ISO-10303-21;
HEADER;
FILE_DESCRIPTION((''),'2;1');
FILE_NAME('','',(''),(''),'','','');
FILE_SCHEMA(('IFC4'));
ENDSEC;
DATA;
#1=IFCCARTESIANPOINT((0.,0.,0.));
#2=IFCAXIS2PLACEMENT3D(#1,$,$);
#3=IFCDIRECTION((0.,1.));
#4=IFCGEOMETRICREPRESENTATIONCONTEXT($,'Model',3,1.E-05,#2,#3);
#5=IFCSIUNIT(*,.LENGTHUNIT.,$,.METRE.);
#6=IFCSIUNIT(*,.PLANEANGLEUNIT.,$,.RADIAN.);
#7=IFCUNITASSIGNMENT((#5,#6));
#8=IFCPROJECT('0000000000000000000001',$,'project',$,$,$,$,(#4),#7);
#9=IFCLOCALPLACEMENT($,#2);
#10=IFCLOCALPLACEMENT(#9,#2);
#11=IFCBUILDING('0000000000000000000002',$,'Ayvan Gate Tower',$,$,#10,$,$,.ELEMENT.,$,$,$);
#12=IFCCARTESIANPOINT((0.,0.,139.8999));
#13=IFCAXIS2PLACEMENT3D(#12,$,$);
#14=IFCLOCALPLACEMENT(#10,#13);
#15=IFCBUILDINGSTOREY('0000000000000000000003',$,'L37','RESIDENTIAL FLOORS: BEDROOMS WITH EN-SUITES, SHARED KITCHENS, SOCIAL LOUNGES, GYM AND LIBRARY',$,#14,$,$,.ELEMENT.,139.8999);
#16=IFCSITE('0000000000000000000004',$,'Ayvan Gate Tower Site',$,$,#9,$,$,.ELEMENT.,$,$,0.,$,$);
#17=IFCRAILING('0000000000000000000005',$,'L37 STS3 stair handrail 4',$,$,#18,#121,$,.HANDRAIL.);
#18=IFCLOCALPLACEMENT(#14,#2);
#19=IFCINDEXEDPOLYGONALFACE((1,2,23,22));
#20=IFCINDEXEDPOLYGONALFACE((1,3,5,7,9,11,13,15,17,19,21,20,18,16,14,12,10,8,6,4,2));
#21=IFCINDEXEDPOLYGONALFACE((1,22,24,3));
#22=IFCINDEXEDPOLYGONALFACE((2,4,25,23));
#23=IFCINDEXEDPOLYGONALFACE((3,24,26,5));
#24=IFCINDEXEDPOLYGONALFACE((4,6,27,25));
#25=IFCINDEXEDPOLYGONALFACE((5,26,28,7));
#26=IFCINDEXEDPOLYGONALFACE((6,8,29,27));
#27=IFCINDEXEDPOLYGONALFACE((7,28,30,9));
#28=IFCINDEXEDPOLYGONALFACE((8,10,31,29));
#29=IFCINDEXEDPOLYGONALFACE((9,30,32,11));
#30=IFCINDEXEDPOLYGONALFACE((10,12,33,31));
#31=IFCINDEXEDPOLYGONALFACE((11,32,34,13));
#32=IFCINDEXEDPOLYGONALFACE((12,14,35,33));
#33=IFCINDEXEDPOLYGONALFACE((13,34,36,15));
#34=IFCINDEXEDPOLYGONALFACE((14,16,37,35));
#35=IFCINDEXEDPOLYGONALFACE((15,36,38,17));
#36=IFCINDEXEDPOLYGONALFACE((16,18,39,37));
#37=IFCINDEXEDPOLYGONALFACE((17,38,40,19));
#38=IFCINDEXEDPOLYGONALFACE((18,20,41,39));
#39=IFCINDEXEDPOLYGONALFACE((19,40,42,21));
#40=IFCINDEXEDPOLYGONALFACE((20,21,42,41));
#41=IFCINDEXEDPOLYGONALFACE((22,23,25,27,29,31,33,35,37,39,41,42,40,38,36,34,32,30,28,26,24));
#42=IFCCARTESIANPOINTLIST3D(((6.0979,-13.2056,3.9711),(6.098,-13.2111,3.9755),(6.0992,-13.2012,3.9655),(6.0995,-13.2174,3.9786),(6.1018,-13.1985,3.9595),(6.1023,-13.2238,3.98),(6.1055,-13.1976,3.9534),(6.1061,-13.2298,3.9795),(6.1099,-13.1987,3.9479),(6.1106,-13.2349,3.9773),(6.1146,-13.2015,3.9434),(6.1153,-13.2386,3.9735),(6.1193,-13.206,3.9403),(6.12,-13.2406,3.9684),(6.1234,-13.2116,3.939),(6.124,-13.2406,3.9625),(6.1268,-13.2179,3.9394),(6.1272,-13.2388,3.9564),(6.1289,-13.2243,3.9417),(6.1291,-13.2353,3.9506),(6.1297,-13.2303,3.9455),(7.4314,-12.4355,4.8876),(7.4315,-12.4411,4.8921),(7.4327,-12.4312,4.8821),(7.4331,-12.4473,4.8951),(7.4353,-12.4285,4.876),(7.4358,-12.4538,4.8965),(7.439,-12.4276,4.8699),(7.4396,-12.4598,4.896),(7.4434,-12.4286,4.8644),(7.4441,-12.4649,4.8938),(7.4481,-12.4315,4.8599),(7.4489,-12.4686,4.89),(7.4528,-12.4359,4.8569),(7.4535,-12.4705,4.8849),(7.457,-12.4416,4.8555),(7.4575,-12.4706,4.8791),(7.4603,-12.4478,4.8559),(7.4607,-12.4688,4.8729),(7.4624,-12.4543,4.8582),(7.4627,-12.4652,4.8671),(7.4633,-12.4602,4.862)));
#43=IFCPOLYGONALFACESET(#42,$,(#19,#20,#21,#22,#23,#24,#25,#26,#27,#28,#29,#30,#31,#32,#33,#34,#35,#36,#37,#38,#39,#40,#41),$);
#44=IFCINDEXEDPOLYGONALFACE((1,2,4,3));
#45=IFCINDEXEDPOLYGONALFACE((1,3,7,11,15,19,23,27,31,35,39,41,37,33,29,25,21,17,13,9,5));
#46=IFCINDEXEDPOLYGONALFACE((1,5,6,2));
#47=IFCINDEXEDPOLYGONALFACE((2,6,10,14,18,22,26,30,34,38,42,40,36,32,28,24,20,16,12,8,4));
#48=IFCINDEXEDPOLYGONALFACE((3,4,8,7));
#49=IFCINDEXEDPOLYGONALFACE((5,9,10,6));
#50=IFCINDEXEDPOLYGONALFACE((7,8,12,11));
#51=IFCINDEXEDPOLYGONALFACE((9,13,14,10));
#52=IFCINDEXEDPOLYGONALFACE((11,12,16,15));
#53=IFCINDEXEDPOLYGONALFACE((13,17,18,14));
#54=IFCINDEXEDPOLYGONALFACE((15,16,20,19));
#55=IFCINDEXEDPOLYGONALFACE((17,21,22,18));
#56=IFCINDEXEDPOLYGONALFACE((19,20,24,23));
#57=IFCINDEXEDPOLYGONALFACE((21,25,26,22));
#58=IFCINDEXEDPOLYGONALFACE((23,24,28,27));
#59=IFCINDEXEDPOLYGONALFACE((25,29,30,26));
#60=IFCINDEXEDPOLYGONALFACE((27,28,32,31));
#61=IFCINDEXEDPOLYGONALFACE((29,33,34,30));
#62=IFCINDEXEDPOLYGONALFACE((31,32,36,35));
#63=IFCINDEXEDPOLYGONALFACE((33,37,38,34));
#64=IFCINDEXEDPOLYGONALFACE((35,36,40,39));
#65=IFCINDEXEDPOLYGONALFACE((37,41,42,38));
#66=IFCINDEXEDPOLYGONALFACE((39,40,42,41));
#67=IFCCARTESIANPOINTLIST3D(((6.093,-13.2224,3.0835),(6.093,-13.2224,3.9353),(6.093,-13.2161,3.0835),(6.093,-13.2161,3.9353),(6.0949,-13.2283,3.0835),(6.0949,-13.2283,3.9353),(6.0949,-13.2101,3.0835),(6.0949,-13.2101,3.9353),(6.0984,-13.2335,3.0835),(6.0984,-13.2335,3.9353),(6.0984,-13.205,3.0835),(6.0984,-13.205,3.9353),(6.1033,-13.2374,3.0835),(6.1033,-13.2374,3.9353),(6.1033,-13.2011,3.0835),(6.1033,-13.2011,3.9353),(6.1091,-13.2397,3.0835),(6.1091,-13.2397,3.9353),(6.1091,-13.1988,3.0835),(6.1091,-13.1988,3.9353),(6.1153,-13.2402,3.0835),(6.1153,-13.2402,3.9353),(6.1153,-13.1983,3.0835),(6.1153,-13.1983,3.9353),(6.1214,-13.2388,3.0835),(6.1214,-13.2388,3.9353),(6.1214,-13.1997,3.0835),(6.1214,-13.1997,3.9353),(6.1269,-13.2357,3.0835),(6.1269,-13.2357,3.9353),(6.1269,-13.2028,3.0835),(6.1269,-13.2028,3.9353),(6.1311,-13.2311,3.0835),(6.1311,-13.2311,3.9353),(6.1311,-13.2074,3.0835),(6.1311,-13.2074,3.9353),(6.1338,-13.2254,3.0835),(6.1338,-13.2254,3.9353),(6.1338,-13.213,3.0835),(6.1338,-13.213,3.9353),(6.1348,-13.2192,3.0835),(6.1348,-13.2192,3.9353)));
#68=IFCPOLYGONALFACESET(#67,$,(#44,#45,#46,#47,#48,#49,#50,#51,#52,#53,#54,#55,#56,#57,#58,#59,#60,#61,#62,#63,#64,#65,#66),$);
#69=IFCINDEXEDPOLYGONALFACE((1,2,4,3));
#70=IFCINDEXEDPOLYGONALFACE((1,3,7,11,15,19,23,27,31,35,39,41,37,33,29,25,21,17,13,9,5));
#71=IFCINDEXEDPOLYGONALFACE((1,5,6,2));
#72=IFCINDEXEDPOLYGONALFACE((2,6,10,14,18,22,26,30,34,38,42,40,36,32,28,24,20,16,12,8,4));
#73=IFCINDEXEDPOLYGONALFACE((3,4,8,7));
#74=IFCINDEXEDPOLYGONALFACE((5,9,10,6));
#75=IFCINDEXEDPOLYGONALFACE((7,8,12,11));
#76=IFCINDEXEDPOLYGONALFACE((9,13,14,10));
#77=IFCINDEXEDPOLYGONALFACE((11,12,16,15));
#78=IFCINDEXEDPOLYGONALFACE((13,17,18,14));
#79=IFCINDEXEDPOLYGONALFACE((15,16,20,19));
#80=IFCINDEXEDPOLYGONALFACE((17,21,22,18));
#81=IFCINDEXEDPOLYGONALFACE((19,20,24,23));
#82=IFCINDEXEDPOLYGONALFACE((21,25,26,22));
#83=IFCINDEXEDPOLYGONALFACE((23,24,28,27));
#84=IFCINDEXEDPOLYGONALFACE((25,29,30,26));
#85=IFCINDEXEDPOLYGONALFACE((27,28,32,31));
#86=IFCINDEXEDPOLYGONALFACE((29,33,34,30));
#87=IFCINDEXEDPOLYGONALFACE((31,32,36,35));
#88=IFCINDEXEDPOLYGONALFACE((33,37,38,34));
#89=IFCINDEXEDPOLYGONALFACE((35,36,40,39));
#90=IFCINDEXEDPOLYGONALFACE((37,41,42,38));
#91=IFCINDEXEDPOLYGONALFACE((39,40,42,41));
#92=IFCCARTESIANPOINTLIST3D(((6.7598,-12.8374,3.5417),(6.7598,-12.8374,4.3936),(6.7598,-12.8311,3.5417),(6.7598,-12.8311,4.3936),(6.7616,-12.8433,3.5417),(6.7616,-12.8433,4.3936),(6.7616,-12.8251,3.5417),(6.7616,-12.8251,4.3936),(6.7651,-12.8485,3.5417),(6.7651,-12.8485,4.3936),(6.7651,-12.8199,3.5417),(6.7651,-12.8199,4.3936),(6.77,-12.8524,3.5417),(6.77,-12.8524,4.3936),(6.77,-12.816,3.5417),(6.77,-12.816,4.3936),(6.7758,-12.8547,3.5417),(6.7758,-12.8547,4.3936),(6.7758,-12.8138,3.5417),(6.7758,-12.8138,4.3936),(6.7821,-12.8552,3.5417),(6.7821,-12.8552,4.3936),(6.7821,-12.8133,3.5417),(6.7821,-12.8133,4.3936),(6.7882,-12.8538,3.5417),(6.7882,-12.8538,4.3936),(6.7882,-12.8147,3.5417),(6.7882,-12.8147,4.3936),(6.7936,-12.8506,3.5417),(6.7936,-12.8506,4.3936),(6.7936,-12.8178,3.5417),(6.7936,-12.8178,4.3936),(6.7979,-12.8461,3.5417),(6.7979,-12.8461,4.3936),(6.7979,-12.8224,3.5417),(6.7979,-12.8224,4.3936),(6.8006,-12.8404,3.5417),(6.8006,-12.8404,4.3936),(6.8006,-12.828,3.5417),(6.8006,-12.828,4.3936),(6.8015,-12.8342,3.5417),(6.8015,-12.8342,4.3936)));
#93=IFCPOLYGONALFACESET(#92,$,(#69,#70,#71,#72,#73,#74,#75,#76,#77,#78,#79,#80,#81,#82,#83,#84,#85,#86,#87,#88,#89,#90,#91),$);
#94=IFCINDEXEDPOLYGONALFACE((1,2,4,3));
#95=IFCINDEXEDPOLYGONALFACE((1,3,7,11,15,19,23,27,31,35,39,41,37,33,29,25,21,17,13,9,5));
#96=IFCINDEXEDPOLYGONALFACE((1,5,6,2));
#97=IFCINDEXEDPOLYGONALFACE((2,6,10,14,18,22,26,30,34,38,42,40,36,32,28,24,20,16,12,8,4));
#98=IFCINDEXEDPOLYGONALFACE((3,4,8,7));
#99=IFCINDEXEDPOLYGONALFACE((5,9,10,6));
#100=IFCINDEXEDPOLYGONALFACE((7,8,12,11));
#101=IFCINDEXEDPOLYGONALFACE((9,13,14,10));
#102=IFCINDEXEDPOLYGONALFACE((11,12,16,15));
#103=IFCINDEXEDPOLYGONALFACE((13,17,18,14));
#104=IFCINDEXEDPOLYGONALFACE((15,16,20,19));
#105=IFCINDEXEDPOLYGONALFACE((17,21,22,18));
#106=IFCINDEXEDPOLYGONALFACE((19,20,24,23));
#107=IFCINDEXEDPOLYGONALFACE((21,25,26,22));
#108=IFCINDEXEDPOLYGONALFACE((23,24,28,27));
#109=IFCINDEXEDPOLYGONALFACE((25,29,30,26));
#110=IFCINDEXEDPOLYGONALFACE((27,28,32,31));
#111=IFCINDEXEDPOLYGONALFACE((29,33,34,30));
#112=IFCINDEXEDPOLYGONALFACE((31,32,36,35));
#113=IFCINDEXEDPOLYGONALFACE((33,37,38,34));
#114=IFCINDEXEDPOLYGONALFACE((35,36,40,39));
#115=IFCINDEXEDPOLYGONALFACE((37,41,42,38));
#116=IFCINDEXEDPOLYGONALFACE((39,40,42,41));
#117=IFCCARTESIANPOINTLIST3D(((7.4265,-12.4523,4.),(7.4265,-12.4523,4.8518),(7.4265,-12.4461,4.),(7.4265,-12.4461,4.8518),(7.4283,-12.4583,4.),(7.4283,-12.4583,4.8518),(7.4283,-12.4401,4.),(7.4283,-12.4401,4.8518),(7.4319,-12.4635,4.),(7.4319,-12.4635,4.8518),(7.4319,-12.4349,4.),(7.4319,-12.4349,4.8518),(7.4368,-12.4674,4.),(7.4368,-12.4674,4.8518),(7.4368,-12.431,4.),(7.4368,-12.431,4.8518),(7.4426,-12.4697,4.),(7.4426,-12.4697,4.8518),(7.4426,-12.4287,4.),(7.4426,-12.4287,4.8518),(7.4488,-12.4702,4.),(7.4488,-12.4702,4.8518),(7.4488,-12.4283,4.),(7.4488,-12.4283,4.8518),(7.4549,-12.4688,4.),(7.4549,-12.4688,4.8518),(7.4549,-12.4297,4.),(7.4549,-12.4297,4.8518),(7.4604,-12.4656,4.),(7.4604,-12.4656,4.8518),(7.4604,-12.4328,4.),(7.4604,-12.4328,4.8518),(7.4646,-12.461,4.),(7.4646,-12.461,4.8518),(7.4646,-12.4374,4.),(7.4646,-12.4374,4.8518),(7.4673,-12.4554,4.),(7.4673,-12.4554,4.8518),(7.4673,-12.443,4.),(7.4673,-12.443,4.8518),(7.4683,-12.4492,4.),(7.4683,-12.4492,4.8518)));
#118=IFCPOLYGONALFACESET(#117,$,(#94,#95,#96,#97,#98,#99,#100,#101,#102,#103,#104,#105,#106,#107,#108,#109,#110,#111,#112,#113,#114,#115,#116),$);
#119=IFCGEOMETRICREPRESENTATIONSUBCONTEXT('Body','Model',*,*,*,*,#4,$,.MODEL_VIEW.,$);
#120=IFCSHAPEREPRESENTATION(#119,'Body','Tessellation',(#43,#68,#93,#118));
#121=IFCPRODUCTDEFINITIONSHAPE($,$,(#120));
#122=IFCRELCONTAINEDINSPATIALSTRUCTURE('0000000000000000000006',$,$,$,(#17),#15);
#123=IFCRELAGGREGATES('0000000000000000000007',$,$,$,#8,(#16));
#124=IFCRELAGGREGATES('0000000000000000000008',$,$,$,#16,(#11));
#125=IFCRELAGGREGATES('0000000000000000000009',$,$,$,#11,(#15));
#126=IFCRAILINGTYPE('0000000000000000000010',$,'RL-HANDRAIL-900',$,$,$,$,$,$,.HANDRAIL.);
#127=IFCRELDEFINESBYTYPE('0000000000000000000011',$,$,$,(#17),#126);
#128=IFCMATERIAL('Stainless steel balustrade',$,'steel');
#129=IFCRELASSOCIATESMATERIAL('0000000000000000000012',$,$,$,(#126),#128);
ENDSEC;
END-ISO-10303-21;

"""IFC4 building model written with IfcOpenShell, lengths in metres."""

from ifc_helpers import new_model, si_unit, direction, frame, origin, origin_2d, place, context, subcontext, project, spatial, circle, extrude, material, type_object, element, save


model = new_model("IFC4")

# Units and contexts
model_context = context("Model", 3, precision=1e-05, world=origin(), true_north=direction((0.0, 1.0)))
body_context = subcontext(model_context, "Body", "Model", "MODEL_VIEW")
ifc_project = project(units=[si_unit("LENGTHUNIT", "METRE"), si_unit("PLANEANGLEUNIT", "RADIAN")], contexts=[model_context])

# Site, building, storey
site_placement = place(None, origin())
site = spatial("IfcSite", under=ifc_project, at=site_placement, Name="Ayvan Gate Tower Site", CompositionType="ELEMENT", RefElevation=0.0)
building_placement = place(site_placement, origin())
building = spatial("IfcBuilding", under=site, at=building_placement, Name="Ayvan Gate Tower", CompositionType="ELEMENT")
storey_placement = place(building_placement, frame((0.0, 0.0, 139.8999)))
storey = spatial("IfcBuildingStorey", under=building, at=storey_placement, Name="L37", Description="RESIDENTIAL FLOORS: BEDROOMS WITH EN-SUITES, SHARED KITCHENS, SOCIAL LOUNGES, GYM AND LIBRARY", CompositionType="ELEMENT", Elevation=139.8999)

# Railing
ifc_material_1 = material(Name="Stainless steel balustrade", Category="steel")
railing_type_1 = type_object("IfcRailingType", Name="RL-HANDRAIL-900", PredefinedType="HANDRAIL", material=ifc_material_1)
railing_1_placement = place(storey_placement, frame((6.1138, -13.2192, 3.0835)))
element("IfcRailing", 1, at=railing_1_placement, inside=storey, type_object=railing_type_1, Name="L37 STS3 stair handrail 4", PredefinedType="HANDRAIL", context=body_context, shape_type="SweptSolid", body=[
    extrude(circle(Radius=0.0239, at=origin_2d()), frame((0.0, 0.0, 0.876), z_axis=(0.744155, 0.429708, 0.511453), x_axis=(-0.500061, 0.86599, 0.0)), (0.0, 0.0, 1.0), 1.792),
    extrude(circle(Radius=0.021, at=origin_2d()), origin(), (0.0, 0.0, 1.0), 0.8518),
    extrude(circle(Radius=0.021, at=origin_2d()), frame((0.6667, 0.385, 0.4583)), (0.0, 0.0, 1.0), 0.8518),
    extrude(circle(Radius=0.021, at=origin_2d()), frame((1.3335, 0.77, 0.9165)), (0.0, 0.0, 1.0), 0.8518),
])

save(model, "model.ifc")
